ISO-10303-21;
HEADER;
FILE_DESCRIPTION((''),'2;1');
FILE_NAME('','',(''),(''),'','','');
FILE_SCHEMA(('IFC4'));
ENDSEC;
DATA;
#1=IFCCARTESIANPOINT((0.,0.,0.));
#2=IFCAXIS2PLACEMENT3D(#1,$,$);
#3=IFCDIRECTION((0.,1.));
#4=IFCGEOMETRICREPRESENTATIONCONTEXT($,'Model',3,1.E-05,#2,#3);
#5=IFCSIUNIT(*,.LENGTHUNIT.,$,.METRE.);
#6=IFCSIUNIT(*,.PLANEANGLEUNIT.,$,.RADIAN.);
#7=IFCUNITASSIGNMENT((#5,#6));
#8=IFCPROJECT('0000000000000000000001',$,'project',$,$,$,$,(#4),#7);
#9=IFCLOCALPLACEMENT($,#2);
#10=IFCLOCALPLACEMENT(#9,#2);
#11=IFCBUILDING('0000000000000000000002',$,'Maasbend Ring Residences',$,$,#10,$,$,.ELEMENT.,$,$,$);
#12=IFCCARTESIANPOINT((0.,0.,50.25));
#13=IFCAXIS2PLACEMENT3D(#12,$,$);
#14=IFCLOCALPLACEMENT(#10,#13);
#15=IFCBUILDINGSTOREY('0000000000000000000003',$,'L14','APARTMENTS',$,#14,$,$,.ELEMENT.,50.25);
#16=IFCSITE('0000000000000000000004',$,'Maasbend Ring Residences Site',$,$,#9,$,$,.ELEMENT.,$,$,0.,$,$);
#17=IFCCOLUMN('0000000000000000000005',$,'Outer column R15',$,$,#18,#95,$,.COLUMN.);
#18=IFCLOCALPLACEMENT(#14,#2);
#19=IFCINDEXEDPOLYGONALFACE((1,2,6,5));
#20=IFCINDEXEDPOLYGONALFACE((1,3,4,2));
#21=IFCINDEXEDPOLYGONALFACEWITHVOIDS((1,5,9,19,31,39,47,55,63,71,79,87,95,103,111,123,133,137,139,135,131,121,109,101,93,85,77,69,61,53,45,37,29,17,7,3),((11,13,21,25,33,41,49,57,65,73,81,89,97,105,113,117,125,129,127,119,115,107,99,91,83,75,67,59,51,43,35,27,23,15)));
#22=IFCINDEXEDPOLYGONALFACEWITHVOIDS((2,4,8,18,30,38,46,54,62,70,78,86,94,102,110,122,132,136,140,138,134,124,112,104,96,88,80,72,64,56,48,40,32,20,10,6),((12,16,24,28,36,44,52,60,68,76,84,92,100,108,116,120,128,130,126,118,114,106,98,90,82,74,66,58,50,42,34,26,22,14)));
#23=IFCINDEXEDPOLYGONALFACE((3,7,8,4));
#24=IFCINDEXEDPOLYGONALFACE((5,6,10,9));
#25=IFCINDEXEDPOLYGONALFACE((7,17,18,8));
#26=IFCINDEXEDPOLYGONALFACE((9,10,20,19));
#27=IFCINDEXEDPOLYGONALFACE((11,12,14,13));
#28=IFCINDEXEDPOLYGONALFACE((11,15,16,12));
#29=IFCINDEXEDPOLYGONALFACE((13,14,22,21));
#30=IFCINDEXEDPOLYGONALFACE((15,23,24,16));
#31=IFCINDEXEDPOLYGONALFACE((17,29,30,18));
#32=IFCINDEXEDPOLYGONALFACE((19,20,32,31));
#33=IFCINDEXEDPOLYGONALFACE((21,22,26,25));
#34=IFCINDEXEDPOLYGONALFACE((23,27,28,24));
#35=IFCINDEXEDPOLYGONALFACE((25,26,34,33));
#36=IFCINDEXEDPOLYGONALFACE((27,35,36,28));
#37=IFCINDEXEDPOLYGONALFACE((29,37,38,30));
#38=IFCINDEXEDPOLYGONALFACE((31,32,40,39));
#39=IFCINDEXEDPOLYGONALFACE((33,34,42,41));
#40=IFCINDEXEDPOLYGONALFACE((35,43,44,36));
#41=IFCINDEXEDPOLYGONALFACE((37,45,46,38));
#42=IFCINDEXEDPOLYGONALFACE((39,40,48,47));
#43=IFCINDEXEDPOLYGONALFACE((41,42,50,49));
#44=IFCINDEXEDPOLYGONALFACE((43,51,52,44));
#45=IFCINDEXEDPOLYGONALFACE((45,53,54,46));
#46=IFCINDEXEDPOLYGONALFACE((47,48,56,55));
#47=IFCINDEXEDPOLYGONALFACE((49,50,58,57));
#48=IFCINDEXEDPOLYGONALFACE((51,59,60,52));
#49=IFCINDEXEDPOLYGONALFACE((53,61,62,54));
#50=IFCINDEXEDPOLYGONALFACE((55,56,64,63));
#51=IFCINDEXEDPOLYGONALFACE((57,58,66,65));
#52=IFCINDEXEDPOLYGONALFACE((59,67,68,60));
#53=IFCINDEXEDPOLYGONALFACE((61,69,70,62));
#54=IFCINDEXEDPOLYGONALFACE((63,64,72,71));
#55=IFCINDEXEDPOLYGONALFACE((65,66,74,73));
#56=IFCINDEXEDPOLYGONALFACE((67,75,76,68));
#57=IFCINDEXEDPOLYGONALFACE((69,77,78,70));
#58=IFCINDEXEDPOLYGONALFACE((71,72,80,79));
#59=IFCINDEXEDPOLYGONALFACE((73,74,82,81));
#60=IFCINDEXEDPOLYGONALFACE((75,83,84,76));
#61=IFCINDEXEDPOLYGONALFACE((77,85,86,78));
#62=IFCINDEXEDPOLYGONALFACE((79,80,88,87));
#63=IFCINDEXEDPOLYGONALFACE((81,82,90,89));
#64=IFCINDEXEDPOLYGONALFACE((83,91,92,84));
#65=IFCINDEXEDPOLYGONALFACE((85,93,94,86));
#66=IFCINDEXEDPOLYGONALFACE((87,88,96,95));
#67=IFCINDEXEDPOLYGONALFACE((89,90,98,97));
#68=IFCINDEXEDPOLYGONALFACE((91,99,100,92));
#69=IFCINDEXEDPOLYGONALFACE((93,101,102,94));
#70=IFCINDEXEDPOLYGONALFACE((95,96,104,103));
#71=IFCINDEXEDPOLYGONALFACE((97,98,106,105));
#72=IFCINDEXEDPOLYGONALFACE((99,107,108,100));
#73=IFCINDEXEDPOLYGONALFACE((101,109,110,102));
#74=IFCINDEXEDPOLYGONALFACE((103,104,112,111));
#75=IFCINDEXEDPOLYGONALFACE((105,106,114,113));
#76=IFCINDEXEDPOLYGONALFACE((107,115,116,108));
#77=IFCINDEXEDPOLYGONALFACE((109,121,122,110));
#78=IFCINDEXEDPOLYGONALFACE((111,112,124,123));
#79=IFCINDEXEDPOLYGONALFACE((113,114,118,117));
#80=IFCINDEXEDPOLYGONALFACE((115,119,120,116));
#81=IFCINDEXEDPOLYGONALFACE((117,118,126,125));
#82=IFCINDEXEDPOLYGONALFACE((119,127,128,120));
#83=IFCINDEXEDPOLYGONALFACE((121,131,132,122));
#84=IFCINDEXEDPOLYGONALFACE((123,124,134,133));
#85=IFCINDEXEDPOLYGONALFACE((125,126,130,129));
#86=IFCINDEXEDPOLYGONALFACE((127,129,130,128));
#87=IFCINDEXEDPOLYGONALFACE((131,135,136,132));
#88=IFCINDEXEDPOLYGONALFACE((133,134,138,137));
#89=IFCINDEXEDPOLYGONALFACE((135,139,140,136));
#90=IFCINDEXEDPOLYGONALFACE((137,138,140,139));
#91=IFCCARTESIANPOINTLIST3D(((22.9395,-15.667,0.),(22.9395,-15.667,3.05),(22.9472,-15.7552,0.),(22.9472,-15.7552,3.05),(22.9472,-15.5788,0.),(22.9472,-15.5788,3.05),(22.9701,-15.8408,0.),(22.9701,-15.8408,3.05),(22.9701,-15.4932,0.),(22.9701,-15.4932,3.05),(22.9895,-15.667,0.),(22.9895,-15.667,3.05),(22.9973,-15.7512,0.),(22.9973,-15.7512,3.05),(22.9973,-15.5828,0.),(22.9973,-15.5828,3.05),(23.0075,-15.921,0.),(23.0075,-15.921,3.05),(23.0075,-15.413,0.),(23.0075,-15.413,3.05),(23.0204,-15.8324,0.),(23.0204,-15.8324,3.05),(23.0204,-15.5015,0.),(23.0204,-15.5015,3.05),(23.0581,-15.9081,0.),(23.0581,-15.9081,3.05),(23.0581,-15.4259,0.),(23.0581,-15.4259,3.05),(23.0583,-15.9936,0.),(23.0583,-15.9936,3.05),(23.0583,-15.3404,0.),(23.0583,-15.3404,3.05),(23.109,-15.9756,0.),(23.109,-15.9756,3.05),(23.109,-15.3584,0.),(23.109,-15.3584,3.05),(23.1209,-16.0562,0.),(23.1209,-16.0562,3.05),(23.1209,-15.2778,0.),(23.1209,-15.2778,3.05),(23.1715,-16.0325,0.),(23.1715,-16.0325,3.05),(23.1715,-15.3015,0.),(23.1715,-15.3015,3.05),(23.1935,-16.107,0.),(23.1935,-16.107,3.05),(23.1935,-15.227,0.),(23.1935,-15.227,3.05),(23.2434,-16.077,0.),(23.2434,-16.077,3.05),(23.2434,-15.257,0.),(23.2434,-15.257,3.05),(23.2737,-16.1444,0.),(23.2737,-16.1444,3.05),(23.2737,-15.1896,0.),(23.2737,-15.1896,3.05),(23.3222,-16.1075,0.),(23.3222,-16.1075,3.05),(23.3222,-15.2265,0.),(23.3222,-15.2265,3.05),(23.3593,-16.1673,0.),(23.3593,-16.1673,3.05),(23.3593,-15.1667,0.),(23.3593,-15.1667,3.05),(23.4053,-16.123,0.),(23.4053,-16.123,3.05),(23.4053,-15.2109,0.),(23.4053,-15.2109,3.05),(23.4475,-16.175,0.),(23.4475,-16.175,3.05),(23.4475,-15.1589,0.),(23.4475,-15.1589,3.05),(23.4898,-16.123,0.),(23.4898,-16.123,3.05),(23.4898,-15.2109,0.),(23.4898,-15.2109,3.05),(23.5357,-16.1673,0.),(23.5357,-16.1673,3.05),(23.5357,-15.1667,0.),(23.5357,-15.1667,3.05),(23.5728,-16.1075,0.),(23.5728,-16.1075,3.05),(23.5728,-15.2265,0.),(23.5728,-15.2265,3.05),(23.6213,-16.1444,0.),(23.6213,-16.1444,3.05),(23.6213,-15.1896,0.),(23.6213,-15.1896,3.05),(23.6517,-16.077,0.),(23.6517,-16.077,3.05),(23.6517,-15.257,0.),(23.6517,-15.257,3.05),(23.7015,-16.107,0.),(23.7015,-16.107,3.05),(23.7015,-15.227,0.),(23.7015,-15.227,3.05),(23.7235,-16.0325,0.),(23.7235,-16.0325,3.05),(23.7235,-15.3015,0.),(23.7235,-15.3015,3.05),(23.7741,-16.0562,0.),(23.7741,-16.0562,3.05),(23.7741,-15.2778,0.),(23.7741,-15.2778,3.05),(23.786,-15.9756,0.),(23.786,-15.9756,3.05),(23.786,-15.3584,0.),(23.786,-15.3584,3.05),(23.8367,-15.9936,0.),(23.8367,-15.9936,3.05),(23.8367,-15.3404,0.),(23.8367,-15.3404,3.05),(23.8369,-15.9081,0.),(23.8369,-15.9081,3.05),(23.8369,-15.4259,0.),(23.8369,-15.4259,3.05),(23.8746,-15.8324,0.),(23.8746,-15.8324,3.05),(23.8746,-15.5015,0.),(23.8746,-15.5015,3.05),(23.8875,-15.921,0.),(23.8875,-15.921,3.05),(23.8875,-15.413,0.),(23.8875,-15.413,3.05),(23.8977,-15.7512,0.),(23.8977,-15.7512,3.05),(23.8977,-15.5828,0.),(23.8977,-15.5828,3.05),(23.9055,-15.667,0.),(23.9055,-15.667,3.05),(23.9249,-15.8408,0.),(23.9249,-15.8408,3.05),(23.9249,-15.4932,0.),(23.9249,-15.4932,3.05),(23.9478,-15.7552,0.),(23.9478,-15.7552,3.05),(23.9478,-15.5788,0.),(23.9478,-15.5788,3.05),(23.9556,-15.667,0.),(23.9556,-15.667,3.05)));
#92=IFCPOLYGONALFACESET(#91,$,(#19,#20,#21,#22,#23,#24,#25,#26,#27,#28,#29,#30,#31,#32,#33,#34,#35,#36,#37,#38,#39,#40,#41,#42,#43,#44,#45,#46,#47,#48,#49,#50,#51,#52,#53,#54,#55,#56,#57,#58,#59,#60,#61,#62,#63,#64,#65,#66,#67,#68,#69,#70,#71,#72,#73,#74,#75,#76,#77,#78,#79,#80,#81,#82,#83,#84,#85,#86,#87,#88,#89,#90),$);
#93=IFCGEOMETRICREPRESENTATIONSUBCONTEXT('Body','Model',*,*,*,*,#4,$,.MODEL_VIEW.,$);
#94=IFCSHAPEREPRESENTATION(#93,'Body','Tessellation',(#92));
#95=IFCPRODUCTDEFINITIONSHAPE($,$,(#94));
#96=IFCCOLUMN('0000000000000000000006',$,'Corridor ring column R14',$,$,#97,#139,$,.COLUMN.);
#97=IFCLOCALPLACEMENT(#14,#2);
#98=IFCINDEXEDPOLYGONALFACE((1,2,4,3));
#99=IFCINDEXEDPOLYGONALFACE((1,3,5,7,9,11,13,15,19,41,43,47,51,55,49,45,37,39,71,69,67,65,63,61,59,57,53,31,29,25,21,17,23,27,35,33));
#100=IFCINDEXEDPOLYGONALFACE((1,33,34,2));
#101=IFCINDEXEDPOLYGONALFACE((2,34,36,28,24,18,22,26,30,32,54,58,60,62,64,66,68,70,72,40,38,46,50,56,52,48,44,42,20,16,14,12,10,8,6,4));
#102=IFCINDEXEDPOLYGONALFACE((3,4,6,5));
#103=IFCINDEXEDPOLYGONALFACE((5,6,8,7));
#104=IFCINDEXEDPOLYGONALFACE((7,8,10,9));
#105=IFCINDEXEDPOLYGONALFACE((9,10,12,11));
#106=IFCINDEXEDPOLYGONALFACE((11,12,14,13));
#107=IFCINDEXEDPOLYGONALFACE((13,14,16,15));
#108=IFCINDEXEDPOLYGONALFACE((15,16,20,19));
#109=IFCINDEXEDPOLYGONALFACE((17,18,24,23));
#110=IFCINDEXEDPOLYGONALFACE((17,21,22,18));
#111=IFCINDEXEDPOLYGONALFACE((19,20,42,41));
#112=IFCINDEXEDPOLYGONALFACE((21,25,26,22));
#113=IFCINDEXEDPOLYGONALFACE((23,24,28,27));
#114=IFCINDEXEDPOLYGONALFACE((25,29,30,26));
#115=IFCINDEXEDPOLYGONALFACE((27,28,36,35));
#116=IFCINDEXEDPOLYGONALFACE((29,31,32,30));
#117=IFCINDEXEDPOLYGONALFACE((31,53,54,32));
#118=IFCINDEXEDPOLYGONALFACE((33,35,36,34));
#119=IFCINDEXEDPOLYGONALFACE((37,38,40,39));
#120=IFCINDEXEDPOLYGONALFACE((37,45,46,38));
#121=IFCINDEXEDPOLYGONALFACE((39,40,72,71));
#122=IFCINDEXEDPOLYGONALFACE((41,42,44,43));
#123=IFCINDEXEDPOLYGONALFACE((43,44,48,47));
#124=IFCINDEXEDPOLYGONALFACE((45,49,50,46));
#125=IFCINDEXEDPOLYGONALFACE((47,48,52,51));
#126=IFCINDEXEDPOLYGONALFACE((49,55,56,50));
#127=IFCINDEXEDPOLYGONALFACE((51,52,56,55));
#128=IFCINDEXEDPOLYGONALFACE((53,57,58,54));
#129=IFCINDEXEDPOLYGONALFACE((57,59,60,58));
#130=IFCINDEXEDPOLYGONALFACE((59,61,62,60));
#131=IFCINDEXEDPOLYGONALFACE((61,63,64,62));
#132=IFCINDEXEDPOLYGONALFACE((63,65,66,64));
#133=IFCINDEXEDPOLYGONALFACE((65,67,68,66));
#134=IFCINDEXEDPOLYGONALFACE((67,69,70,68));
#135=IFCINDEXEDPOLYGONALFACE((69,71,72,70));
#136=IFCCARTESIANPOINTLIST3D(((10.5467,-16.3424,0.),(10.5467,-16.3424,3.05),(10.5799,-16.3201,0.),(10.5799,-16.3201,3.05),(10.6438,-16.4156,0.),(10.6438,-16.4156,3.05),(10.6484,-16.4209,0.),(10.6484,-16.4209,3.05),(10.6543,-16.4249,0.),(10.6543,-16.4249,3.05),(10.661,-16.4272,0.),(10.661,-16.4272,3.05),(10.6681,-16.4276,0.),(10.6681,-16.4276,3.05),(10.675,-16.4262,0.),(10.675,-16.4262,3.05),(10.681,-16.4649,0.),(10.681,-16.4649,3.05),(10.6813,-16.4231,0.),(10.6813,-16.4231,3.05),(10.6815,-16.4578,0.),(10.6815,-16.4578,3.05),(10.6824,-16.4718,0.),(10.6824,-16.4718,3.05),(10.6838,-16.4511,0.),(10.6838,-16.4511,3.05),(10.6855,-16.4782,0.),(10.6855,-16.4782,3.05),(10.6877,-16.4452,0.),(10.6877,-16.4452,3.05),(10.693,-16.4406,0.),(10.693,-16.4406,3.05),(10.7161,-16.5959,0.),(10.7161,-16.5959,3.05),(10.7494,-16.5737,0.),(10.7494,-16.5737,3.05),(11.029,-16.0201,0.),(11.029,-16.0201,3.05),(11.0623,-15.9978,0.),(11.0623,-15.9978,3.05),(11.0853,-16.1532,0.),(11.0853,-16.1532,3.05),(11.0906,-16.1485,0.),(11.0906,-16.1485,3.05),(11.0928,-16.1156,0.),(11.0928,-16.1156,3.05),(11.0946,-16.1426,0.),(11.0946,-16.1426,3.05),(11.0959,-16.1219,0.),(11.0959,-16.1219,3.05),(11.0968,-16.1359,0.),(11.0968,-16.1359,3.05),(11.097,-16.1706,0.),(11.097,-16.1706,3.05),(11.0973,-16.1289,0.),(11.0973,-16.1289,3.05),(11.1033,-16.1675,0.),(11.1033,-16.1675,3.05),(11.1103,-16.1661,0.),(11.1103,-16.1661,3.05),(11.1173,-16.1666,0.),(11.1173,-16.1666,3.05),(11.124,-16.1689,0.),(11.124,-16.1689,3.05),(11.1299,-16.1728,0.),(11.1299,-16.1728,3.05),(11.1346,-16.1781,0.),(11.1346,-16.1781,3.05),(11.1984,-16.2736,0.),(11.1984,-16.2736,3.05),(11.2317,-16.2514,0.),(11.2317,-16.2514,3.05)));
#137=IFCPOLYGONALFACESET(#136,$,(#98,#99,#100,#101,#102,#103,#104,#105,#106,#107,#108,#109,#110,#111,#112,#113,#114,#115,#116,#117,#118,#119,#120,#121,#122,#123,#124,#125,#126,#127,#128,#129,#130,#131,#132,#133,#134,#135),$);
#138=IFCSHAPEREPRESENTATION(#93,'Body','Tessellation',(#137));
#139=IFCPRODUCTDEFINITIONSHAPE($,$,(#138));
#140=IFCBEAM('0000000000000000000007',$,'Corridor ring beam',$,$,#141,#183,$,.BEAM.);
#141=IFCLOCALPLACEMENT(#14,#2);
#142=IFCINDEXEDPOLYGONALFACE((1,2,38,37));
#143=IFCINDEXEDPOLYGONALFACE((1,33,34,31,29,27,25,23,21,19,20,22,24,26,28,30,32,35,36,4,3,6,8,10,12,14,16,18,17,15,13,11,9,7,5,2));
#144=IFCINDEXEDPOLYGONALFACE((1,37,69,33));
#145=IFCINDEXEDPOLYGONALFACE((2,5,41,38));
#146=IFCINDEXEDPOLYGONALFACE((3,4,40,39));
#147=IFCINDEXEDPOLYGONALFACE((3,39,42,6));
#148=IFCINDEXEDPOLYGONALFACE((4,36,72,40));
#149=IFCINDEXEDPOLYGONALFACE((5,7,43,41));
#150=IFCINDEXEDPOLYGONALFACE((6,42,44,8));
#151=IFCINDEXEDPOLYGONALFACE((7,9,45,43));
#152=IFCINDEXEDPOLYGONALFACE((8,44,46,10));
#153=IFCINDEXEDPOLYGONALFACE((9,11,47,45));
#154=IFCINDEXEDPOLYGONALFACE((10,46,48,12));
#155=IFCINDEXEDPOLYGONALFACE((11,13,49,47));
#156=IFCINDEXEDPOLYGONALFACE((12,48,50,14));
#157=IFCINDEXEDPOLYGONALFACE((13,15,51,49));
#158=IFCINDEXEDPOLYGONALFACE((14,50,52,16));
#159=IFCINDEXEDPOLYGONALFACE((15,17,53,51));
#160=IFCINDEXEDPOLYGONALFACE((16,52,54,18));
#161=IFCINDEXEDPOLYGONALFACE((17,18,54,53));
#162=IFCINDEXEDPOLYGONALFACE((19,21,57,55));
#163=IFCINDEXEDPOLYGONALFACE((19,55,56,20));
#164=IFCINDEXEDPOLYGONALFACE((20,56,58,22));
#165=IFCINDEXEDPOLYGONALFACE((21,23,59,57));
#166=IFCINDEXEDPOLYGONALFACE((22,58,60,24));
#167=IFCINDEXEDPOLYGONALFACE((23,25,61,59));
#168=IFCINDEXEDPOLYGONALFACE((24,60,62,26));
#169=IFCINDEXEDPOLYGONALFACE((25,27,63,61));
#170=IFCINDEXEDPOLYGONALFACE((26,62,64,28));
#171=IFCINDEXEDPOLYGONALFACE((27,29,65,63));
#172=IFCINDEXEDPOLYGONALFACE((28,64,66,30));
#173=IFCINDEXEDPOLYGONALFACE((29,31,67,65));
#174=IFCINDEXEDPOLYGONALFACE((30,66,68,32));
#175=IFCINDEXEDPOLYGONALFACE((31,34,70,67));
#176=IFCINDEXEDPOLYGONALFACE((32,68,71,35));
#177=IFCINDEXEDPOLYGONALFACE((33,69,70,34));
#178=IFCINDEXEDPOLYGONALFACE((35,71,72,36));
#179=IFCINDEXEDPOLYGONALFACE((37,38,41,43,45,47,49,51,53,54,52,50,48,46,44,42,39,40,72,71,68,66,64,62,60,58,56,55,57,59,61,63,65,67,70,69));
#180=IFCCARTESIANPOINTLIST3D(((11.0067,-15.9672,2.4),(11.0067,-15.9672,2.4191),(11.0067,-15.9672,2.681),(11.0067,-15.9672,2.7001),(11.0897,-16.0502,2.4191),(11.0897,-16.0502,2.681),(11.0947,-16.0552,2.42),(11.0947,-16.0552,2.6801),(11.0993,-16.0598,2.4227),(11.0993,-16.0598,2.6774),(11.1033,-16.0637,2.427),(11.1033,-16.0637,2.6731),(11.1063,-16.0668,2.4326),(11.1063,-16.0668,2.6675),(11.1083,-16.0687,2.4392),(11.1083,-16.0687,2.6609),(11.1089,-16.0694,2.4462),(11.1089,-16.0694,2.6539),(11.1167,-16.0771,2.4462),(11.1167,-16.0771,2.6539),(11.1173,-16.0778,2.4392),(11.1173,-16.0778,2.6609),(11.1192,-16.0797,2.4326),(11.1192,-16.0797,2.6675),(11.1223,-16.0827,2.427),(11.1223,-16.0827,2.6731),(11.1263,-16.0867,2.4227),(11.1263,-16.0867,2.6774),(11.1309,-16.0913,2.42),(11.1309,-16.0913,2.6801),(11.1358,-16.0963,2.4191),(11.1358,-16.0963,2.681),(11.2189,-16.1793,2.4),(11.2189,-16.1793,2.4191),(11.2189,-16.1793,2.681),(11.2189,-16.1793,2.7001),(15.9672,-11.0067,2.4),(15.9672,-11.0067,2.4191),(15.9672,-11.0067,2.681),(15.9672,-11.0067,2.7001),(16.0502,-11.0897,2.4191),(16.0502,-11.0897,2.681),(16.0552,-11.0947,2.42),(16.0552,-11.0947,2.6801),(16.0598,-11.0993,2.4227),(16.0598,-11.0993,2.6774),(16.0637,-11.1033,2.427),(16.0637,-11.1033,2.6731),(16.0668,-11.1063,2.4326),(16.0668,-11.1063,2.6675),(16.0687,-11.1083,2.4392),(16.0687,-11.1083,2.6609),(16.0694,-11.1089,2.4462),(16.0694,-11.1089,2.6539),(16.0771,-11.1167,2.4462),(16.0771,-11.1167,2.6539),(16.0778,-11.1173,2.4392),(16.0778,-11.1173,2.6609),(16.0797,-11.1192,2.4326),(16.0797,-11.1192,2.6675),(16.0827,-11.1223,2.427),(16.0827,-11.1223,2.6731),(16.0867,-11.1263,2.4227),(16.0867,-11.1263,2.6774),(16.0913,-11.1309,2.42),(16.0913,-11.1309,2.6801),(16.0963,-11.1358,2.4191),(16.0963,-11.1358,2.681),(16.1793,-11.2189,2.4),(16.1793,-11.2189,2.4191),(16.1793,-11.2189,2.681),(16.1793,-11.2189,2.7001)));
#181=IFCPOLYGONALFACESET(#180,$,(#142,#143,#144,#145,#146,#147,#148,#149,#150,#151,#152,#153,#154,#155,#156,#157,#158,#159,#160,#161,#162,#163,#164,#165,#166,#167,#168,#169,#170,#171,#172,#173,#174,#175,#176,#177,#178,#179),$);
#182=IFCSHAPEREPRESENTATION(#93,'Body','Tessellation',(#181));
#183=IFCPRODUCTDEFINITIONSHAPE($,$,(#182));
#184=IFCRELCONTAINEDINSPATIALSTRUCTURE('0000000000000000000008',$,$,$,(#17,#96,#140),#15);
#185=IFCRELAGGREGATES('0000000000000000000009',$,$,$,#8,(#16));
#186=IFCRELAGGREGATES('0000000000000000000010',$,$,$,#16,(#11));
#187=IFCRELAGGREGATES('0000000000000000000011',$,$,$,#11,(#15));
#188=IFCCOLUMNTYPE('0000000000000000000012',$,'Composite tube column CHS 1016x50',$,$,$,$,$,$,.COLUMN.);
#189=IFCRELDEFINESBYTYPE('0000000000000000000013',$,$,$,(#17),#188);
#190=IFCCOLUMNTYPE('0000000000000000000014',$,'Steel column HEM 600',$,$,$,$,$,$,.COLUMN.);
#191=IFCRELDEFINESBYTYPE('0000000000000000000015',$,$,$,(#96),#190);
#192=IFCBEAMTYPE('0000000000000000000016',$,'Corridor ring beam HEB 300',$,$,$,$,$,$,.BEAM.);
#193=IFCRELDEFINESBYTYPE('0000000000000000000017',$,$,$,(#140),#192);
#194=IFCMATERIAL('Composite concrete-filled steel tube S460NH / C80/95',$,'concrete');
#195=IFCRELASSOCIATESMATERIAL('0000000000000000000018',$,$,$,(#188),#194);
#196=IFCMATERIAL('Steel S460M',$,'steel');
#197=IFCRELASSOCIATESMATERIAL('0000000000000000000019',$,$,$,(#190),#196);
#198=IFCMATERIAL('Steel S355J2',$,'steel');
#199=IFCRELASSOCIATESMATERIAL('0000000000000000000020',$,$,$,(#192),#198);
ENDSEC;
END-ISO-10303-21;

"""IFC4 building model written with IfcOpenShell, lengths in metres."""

from ifc_helpers import new_model, si_unit, direction, frame, origin, origin_2d, place, context, subcontext, project, spatial, hollow_circle, i_section, extrude, material, material_profile, profile_set, type_object, element, save


model = new_model("IFC4")

# Units and contexts
model_context = context("Model", 3, precision=1e-05, world=origin(), true_north=direction((0.0, 1.0)))
body_context = subcontext(model_context, "Body", "Model", "MODEL_VIEW")
ifc_project = project(units=[si_unit("LENGTHUNIT", "METRE"), si_unit("PLANEANGLEUNIT", "RADIAN")], contexts=[model_context])

# Site, building, storey
site_placement = place(None, origin())
site = spatial("IfcSite", under=ifc_project, at=site_placement, Name="Maasbend Ring Residences Site", CompositionType="ELEMENT", RefElevation=0.0)
building_placement = place(site_placement, origin())
building = spatial("IfcBuilding", under=site, at=building_placement, Name="Maasbend Ring Residences", CompositionType="ELEMENT")
storey_placement = place(building_placement, frame((0.0, 0.0, 50.25)))
storey = spatial("IfcBuildingStorey", under=building, at=storey_placement, Name="L14", Description="APARTMENTS", CompositionType="ELEMENT", Elevation=50.25)

# Columns
ifc_material_1 = material(Name="Composite concrete-filled steel tube S460NH / C80/95", Category="concrete")
ifc_material_profile_1 = material_profile(ifc_material_1, hollow_circle(Radius=0.5081, WallThickness=0.05, at=origin_2d()), Name="Composite tube column CHS 1016x50")
ifc_profile_set_1 = profile_set([ifc_material_profile_1], Name="Composite concrete-filled steel tube S460NH / C80/95")
column_type_1 = type_object("IfcColumnType", Name="Composite tube column CHS 1016x50", PredefinedType="COLUMN", material=ifc_profile_set_1)
column_1_placement = place(storey_placement, frame((23.4475, -15.667, 0.0), z_axis=(0.0, 0.0, 1.0), x_axis=(1.0, 0.0, 0.0)))
element("IfcColumn", 1, at=column_1_placement, inside=storey, type_object=column_type_1, Name="Outer column R15", PredefinedType="COLUMN", context=body_context, shape_type="SweptSolid", body=[
    extrude(hollow_circle(Radius=0.5081, WallThickness=0.05, at=origin_2d()), origin(), (0.0, 0.0, 1.0), 3.05),
])
ifc_material_2 = material(Name="Steel S460M", Category="steel")
ifc_material_profile_2 = material_profile(ifc_material_2, i_section(OverallWidth=0.3049, OverallDepth=0.6201, WebThickness=0.021, FlangeThickness=0.04, FilletRadius=0.0271, at=origin_2d()), Name="HEM 600")
ifc_profile_set_2 = profile_set([ifc_material_profile_2], Name="Steel S460M")
column_type_2 = type_object("IfcColumnType", Name="Steel column HEM 600", PredefinedType="COLUMN", material=ifc_profile_set_2)
column_2_placement = place(storey_placement, frame((10.8892, -16.2969, 0.0), z_axis=(0.0, 0.0, 1.0), x_axis=(0.55557, -0.83147, 0.0)))
element("IfcColumn", 2, at=column_2_placement, inside=storey, type_object=column_type_2, Name="Corridor ring column R14", PredefinedType="COLUMN", context=body_context, shape_type="SweptSolid", body=[
    extrude(i_section(OverallWidth=0.3049, OverallDepth=0.6201, WebThickness=0.021, FlangeThickness=0.04, FilletRadius=0.0271, at=origin_2d()), origin(), (0.0, 0.0, 1.0), 3.05),
])

# Beam
ifc_material_3 = material(Name="Steel S355J2", Category="steel")
ifc_material_profile_3 = material_profile(ifc_material_3, i_section(OverallWidth=0.3, OverallDepth=0.3, WebThickness=0.011, FlangeThickness=0.019, FilletRadius=0.0271, at=origin_2d()), Name="HEB 300")
ifc_profile_set_3 = profile_set([ifc_material_profile_3], Name="Steel S355J2")
beam_type = type_object("IfcBeamType", Name="Corridor ring beam HEB 300", PredefinedType="BEAM", material=ifc_profile_set_3)
beam_placement = place(storey_placement, frame((11.1128, -16.0732, 2.55), z_axis=(0.707107, 0.707107, 0.0), x_axis=(-0.707107, 0.707107, 0.0)))
element("IfcBeam", 3, at=beam_placement, inside=storey, type_object=beam_type, Name="Corridor ring beam", PredefinedType="BEAM", context=body_context, shape_type="SweptSolid", body=[
    extrude(i_section(OverallWidth=0.3, OverallDepth=0.3, WebThickness=0.011, FlangeThickness=0.019, FilletRadius=0.0271, at=origin_2d()), origin(), (0.0, 0.0, 1.0), 7.0151),
])

save(model, "model.ifc")
